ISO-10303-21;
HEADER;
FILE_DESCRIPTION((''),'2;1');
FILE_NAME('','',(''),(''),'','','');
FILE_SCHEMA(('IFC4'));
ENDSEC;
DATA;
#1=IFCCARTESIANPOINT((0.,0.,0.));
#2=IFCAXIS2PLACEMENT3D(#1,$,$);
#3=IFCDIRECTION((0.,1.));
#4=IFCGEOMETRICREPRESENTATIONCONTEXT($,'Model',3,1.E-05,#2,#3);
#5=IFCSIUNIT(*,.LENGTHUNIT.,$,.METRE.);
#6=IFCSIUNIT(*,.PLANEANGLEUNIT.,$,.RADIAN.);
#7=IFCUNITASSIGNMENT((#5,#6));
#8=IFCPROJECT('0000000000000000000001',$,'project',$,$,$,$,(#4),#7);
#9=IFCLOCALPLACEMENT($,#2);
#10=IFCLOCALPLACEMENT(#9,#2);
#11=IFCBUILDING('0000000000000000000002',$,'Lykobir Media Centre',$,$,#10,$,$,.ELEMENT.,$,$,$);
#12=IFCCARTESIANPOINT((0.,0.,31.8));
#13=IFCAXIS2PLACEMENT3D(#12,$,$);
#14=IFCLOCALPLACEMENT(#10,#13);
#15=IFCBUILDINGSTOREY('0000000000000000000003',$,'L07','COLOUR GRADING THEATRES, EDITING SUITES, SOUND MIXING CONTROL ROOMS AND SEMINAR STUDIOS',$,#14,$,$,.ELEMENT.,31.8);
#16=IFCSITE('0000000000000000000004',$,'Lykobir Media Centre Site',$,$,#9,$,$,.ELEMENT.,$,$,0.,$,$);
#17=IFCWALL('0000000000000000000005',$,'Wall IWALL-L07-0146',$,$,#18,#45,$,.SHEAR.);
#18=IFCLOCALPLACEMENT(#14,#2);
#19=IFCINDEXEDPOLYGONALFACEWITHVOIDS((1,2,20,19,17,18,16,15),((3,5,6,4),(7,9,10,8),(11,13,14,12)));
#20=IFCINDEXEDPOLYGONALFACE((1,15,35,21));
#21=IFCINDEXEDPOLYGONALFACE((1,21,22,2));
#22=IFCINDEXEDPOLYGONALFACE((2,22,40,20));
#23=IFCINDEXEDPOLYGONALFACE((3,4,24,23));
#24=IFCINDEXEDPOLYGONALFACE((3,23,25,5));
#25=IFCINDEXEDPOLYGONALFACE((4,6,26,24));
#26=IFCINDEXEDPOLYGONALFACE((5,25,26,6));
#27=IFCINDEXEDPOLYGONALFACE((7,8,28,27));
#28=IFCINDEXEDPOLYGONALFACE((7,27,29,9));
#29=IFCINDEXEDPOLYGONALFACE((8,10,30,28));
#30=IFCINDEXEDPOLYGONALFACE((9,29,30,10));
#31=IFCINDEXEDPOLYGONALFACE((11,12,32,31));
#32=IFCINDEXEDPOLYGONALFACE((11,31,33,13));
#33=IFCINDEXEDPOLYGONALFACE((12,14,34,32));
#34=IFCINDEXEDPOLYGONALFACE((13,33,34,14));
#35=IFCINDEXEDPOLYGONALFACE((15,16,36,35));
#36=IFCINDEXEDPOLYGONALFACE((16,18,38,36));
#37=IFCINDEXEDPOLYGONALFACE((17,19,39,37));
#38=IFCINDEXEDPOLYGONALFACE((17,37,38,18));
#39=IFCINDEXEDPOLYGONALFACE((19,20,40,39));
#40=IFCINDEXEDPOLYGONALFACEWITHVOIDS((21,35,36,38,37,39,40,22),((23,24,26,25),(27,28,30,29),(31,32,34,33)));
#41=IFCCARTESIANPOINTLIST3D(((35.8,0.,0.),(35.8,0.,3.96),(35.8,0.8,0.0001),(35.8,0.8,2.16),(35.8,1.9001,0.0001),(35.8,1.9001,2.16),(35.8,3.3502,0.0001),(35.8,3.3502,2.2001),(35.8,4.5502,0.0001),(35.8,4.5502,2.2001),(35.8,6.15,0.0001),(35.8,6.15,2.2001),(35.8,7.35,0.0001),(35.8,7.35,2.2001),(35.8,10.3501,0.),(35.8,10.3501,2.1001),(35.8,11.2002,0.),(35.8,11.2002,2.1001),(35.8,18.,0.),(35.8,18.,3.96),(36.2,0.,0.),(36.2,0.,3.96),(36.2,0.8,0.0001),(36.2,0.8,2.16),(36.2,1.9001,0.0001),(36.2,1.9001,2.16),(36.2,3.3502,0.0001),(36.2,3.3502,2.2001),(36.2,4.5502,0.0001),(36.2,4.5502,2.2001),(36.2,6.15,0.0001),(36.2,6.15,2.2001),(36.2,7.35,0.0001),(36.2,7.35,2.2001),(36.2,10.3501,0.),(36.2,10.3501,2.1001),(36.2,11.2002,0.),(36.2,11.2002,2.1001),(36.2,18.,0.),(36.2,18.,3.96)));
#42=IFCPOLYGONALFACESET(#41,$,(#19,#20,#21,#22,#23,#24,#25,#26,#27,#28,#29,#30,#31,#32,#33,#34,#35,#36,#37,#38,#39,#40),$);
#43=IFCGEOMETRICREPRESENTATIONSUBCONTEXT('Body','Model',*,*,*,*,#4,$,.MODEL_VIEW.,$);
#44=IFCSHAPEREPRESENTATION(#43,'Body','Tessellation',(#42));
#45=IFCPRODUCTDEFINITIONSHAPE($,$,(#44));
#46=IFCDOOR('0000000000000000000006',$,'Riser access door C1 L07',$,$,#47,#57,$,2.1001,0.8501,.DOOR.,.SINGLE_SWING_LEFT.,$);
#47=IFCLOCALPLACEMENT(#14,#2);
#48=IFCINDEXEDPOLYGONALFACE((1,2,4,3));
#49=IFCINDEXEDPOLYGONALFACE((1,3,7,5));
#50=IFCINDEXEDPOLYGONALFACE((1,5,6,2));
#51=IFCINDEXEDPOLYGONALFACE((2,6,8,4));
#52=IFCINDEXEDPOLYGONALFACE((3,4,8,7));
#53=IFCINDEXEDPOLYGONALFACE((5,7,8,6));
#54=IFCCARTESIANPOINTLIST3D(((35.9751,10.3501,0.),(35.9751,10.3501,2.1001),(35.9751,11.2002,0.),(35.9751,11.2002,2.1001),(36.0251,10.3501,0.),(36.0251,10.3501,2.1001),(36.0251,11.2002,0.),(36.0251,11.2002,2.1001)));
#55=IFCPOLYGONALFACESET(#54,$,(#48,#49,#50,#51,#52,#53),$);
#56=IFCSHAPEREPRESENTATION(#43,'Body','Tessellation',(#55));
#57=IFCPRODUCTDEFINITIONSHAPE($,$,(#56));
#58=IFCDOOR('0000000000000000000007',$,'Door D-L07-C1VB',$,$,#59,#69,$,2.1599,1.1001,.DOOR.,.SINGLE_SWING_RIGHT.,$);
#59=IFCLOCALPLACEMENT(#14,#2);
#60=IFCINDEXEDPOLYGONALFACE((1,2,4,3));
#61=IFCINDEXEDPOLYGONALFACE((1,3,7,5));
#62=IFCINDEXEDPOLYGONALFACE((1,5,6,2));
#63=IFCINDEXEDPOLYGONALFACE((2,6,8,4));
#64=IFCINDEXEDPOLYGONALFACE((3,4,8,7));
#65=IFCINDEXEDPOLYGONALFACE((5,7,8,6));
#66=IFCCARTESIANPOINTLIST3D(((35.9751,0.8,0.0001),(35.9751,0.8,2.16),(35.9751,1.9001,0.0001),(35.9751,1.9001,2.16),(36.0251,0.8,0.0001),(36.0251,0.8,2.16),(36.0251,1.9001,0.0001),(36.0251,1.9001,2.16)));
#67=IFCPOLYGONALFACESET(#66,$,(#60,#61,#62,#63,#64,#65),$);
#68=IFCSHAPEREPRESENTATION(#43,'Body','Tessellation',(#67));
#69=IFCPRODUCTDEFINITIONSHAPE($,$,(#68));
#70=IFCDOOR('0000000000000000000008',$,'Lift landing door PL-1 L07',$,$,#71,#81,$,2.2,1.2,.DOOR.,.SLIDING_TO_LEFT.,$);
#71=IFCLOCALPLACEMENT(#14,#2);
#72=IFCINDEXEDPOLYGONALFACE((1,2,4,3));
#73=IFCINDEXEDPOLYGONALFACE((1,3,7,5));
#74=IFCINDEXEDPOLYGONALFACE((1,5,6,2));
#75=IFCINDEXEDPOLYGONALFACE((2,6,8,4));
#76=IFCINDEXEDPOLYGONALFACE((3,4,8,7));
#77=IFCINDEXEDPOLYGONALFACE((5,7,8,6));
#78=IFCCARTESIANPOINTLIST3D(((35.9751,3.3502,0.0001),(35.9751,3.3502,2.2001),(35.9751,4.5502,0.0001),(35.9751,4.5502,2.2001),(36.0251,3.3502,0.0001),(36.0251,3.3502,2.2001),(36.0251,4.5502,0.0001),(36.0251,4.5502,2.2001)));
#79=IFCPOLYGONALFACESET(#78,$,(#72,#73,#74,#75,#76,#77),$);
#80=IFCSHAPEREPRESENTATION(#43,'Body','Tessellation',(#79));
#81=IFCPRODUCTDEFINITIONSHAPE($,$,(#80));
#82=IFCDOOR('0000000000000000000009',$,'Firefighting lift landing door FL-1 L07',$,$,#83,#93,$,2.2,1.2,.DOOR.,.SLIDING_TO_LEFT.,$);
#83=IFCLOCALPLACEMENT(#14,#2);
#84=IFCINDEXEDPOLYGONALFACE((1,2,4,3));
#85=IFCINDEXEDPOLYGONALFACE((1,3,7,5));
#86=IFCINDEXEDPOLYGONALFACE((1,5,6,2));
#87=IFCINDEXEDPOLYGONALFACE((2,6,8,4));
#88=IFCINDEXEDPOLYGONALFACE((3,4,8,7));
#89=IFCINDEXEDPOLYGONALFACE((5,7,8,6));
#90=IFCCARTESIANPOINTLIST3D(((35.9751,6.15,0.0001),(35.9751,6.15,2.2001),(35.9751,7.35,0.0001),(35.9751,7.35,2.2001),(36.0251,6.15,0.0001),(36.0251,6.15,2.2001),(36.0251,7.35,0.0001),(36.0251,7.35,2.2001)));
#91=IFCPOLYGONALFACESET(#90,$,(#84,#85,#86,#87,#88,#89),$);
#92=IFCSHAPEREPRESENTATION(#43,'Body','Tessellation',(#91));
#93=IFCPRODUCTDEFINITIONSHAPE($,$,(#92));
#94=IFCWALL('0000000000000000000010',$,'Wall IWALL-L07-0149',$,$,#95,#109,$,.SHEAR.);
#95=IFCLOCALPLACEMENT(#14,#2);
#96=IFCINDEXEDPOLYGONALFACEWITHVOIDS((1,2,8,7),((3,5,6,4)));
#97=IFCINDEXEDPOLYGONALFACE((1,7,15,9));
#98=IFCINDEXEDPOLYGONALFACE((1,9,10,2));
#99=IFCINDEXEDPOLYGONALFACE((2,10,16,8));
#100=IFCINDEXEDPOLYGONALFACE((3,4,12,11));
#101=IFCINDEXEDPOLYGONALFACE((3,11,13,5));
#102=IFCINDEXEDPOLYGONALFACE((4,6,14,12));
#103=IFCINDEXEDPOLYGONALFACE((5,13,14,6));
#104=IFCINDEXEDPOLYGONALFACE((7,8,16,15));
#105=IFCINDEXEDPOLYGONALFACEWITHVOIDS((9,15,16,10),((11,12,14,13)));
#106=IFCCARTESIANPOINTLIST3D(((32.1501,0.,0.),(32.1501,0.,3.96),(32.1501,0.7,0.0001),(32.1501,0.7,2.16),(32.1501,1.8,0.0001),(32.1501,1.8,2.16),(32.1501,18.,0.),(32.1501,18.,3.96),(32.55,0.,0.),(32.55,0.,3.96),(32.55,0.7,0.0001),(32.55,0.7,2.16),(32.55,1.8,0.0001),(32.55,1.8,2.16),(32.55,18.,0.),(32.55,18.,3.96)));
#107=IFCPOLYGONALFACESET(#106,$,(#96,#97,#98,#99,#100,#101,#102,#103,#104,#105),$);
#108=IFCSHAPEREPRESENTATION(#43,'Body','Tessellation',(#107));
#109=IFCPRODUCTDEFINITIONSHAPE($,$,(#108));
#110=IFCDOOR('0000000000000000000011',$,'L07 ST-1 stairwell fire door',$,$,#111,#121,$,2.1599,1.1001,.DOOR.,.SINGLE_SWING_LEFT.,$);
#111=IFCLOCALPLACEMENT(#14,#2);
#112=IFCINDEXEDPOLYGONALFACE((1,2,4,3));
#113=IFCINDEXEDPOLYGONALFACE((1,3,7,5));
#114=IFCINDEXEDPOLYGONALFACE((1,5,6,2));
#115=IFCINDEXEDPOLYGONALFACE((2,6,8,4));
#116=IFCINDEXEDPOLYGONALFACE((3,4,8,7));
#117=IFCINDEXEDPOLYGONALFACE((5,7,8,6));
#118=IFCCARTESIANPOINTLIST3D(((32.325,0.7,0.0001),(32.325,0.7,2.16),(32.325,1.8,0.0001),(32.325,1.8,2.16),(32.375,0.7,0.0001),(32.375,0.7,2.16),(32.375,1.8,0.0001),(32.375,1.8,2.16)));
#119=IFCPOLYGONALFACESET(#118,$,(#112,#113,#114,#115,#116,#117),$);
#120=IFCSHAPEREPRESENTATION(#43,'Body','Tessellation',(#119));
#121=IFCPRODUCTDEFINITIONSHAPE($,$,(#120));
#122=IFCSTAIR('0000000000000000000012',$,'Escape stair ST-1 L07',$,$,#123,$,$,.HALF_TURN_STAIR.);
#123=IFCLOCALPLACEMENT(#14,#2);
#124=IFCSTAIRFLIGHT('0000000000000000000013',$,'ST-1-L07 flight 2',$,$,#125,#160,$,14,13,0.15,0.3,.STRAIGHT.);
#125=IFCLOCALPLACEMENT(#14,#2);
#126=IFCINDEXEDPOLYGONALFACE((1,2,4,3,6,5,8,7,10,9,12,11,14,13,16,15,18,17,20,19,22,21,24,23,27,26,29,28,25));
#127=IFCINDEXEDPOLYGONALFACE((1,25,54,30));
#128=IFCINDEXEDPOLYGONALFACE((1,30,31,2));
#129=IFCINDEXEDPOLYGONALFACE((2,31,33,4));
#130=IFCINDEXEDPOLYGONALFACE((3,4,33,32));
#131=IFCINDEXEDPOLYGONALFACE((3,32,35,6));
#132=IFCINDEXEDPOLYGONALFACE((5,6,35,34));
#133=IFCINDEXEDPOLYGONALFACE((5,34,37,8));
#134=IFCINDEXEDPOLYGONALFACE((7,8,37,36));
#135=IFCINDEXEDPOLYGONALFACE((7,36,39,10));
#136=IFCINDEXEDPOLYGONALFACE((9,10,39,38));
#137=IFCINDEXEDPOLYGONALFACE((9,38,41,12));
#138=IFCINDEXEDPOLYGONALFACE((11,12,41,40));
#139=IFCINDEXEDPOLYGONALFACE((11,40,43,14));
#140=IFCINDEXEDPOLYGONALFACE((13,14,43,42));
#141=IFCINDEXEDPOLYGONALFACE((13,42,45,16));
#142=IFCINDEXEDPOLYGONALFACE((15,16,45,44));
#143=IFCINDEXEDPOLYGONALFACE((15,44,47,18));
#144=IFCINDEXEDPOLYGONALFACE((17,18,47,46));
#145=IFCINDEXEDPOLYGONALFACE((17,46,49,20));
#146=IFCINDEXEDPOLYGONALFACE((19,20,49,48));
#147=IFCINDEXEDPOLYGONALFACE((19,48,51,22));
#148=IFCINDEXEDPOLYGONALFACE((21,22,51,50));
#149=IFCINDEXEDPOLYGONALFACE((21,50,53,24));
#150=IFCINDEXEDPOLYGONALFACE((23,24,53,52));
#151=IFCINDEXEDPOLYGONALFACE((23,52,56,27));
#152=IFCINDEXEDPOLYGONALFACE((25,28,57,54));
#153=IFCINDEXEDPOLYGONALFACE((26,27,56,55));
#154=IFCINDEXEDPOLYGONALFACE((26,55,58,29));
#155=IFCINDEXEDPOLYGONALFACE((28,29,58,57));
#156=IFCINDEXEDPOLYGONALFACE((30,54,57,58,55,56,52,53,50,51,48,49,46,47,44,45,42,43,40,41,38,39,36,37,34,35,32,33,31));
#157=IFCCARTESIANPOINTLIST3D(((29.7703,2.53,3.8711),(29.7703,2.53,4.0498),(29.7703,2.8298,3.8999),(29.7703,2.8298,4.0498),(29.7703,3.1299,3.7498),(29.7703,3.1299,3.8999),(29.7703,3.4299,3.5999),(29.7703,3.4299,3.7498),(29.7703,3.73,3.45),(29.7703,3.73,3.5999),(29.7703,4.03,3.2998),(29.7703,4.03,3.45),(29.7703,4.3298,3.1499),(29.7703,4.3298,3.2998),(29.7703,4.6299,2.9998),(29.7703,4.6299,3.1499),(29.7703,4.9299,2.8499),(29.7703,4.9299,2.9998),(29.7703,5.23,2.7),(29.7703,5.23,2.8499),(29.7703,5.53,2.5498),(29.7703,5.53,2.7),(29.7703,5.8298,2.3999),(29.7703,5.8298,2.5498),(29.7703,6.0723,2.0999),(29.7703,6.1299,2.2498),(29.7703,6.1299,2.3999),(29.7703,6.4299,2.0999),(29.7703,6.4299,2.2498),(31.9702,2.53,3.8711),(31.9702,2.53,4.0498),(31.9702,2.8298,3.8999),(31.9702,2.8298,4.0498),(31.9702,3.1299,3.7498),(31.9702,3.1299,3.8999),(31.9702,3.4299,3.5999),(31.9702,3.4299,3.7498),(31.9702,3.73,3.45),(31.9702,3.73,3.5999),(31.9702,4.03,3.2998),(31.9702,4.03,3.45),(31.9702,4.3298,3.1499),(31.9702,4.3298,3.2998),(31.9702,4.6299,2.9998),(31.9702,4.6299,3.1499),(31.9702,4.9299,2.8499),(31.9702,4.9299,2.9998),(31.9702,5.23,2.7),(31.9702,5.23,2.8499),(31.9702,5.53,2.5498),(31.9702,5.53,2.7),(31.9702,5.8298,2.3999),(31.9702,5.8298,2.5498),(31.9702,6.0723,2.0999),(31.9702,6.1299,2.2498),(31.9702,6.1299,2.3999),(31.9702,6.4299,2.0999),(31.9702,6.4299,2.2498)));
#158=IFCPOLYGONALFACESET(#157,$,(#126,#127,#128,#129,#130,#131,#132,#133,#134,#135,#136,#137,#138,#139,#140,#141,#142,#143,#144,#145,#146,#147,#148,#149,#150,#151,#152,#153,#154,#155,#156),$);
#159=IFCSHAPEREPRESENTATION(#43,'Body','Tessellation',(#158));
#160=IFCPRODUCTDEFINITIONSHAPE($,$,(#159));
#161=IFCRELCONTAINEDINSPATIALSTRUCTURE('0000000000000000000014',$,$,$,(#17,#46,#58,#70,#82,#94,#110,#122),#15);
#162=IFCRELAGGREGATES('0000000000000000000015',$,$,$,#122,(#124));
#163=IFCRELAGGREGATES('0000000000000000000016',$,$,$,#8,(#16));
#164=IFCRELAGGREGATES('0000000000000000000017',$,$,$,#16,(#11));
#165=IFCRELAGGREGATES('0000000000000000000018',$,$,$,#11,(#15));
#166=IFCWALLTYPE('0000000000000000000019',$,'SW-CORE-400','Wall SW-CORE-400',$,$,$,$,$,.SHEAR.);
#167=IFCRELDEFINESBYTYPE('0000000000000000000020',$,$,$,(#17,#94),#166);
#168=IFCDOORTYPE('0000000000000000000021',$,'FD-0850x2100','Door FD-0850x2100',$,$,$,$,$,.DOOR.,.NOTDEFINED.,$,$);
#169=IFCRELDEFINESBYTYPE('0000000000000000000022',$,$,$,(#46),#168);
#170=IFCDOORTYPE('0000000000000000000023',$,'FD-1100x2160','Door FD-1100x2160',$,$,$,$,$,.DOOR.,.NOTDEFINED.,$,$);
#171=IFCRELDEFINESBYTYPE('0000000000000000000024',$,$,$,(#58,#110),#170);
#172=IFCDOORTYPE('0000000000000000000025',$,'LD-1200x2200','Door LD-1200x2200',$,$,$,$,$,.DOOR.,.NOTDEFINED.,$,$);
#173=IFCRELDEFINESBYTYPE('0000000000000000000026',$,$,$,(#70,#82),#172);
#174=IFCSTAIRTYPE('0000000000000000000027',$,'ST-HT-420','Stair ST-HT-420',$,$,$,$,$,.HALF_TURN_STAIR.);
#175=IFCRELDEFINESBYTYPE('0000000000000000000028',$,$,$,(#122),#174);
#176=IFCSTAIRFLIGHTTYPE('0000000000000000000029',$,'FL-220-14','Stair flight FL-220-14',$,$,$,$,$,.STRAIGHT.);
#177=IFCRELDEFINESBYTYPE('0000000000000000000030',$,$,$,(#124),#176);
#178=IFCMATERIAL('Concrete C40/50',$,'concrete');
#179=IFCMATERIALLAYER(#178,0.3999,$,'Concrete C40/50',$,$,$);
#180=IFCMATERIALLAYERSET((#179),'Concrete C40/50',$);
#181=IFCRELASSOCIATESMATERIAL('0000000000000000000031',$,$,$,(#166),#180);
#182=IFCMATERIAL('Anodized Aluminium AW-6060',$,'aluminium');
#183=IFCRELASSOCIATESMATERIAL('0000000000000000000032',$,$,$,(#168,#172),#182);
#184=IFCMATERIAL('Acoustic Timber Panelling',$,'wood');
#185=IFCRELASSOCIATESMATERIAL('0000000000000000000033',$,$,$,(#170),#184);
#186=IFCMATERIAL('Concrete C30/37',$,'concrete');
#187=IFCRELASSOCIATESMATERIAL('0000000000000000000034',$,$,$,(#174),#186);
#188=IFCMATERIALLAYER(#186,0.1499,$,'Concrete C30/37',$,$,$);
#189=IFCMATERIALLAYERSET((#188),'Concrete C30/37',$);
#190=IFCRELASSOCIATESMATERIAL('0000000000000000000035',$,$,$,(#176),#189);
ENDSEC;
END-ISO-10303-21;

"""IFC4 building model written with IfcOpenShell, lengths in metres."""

from ifc_helpers import new_model, si_unit, direction, frame, frame_2d, origin, place, context, subcontext, project, spatial, polyline, rectangle, outline, extrude, material, layer, layer_set, type_object, element, fill, aggregate, save


model = new_model("IFC4")

# Units and contexts
model_context = context("Model", 3, precision=1e-05, world=origin(), true_north=direction((0.0, 1.0)))
body_context = subcontext(model_context, "Body", "Model", "MODEL_VIEW")
ifc_project = project(units=[si_unit("LENGTHUNIT", "METRE"), si_unit("PLANEANGLEUNIT", "RADIAN")], contexts=[model_context])

# Site, building, storey
site_placement = place(None, origin())
site = spatial("IfcSite", under=ifc_project, at=site_placement, Name="Lykobir Media Centre Site", CompositionType="ELEMENT", RefElevation=0.0)
building_placement = place(site_placement, origin())
building = spatial("IfcBuilding", under=site, at=building_placement, Name="Lykobir Media Centre", CompositionType="ELEMENT")
storey_placement = place(building_placement, frame((0.0, 0.0, 31.8)))
storey = spatial("IfcBuildingStorey", under=building, at=storey_placement, Name="L07", Description="COLOUR GRADING THEATRES, EDITING SUITES, SOUND MIXING CONTROL ROOMS AND SEMINAR STUDIOS", CompositionType="ELEMENT", Elevation=31.8)

# Shared definitions
ifc_material_1 = material(Name="Concrete C40/50", Category="concrete")

# Shared definitions
ifc_material_2 = material(Name="Acoustic Timber Panelling", Category="wood")

# Shared definitions
ifc_material_3 = material(Name="Concrete C30/37", Category="concrete")

# Wall, openings, doors
ifc_layer_1 = layer(ifc_material_1, 0.3999, Name="Concrete C40/50")
ifc_layer_set_1 = layer_set([ifc_layer_1], Name="Concrete C40/50")
wall_type_1 = type_object("IfcWallType", Name="SW-CORE-400", Description="Wall SW-CORE-400", PredefinedType="SHEAR", material=ifc_layer_set_1)
wall_1_placement = place(storey_placement, frame((36.0, 0.0, 0.0), z_axis=(0.0, 0.0, 1.0), x_axis=(0.0, 1.0, 0.0)))
wall_1 = element("IfcWall", 1, at=wall_1_placement, inside=storey, type_object=wall_type_1, Name="Wall IWALL-L07-0146", PredefinedType="SHEAR", context=body_context, shape_type="SweptSolid", body=[
    extrude(rectangle(XDim=18.0, YDim=0.3999, at=frame_2d((9.0, 0.0))), origin(), (0.0, 0.0, 1.0), 3.96),
])
opening_1_placement = place(wall_1_placement, frame((0.8, 0.0, 0.0)))
opening_1 = element("IfcOpeningElement", 2, at=opening_1_placement, cuts=wall_1, PredefinedType="OPENING", context=body_context, shape_type="SweptSolid", body=[
    extrude(rectangle(XDim=1.1001, YDim=2.1599, at=frame_2d((0.55, 1.0801))), frame((0.0, 0.21, 0.0), z_axis=(0.0, -1.0, 0.0), x_axis=(1.0, 0.0, 0.0)), (0.0, 0.0, 1.0), 0.4199),
])
opening_2_placement = place(wall_1_placement, frame((3.3501, 0.0, 0.0)))
opening_2 = element("IfcOpeningElement", 3, at=opening_2_placement, cuts=wall_1, PredefinedType="OPENING", context=body_context, shape_type="SweptSolid", body=[
    extrude(rectangle(XDim=1.2, YDim=2.2, at=frame_2d((0.6001, 1.1001))), frame((0.0, 0.21, 0.0), z_axis=(0.0, -1.0, 0.0), x_axis=(1.0, 0.0, 0.0)), (0.0, 0.0, 1.0), 0.4199),
])
opening_3_placement = place(wall_1_placement, frame((6.1499, 0.0, 0.0)))
opening_3 = element("IfcOpeningElement", 4, at=opening_3_placement, cuts=wall_1, PredefinedType="OPENING", context=body_context, shape_type="SweptSolid", body=[
    extrude(rectangle(XDim=1.2, YDim=2.2, at=frame_2d((0.6001, 1.1001))), frame((0.0, 0.21, 0.0), z_axis=(0.0, -1.0, 0.0), x_axis=(1.0, 0.0, 0.0)), (0.0, 0.0, 1.0), 0.4199),
])
opening_4_placement = place(wall_1_placement, frame((10.3501, 0.0, 0.0)))
opening_4 = element("IfcOpeningElement", 5, at=opening_4_placement, cuts=wall_1, PredefinedType="OPENING", context=body_context, shape_type="SweptSolid", body=[
    extrude(rectangle(XDim=0.8501, YDim=2.1001, at=frame_2d((0.425, 1.05))), frame((0.0, 0.21, 0.0), z_axis=(0.0, -1.0, 0.0), x_axis=(1.0, 0.0, 0.0)), (0.0, 0.0, 1.0), 0.4199),
])
ifc_material_4 = material(Name="Anodized Aluminium AW-6060", Category="aluminium")
door_type_1 = type_object("IfcDoorType", Name="FD-0850x2100", Description="Door FD-0850x2100", OperationType="NOTDEFINED", PredefinedType="DOOR", material=ifc_material_4)
door_1_placement = place(opening_4_placement, origin())
door_1 = element("IfcDoor", 6, at=door_1_placement, inside=storey, type_object=door_type_1, Name="Riser access door C1 L07", OperationType="SINGLE_SWING_LEFT", OverallHeight=2.1001, OverallWidth=0.8501, PredefinedType="DOOR", context=body_context, shape_type="SweptSolid", body=[
    extrude(rectangle(XDim=0.8501, YDim=2.1001, at=frame_2d((0.425, 1.05))), frame((0.0, 0.0249, 0.0), z_axis=(0.0, -1.0, 0.0), x_axis=(1.0, 0.0, 0.0)), (0.0, 0.0, 1.0), 0.05),
])
fill(opening_4, door_1)
door_type_2 = type_object("IfcDoorType", Name="FD-1100x2160", Description="Door FD-1100x2160", OperationType="NOTDEFINED", PredefinedType="DOOR", material=ifc_material_2)
door_2_placement = place(opening_1_placement, origin())
door_2 = element("IfcDoor", 7, at=door_2_placement, inside=storey, type_object=door_type_2, Name="Door D-L07-C1VB", OperationType="SINGLE_SWING_RIGHT", OverallHeight=2.1599, OverallWidth=1.1001, PredefinedType="DOOR", context=body_context, shape_type="SweptSolid", body=[
    extrude(rectangle(XDim=1.1001, YDim=2.1599, at=frame_2d((0.55, 1.0801))), frame((0.0, 0.0249, 0.0), z_axis=(0.0, -1.0, 0.0), x_axis=(1.0, 0.0, 0.0)), (0.0, 0.0, 1.0), 0.05),
])
fill(opening_1, door_2)
door_type_3 = type_object("IfcDoorType", Name="LD-1200x2200", Description="Door LD-1200x2200", OperationType="NOTDEFINED", PredefinedType="DOOR", material=ifc_material_4)
door_3_placement = place(opening_2_placement, origin())
door_3 = element("IfcDoor", 8, at=door_3_placement, inside=storey, type_object=door_type_3, Name="Lift landing door PL-1 L07", OperationType="SLIDING_TO_LEFT", OverallHeight=2.2, OverallWidth=1.2, PredefinedType="DOOR", context=body_context, shape_type="SweptSolid", body=[
    extrude(rectangle(XDim=1.2, YDim=2.2, at=frame_2d((0.6001, 1.1001))), frame((0.0, 0.0249, 0.0), z_axis=(0.0, -1.0, 0.0), x_axis=(1.0, 0.0, 0.0)), (0.0, 0.0, 1.0), 0.05),
])
fill(opening_2, door_3)
door_4_placement = place(opening_3_placement, origin())
door_4 = element("IfcDoor", 9, at=door_4_placement, inside=storey, type_object=door_type_3, Name="Firefighting lift landing door FL-1 L07", OperationType="SLIDING_TO_LEFT", OverallHeight=2.2, OverallWidth=1.2, PredefinedType="DOOR", context=body_context, shape_type="SweptSolid", body=[
    extrude(rectangle(XDim=1.2, YDim=2.2, at=frame_2d((0.6001, 1.1001))), frame((0.0, 0.0249, 0.0), z_axis=(0.0, -1.0, 0.0), x_axis=(1.0, 0.0, 0.0)), (0.0, 0.0, 1.0), 0.05),
])
fill(opening_3, door_4)

# Wall, opening, door
wall_2_placement = place(storey_placement, frame((32.3501, 0.0, 0.0), z_axis=(0.0, 0.0, 1.0), x_axis=(0.0, 1.0, 0.0)))
wall_2 = element("IfcWall", 10, at=wall_2_placement, inside=storey, type_object=wall_type_1, Name="Wall IWALL-L07-0149", PredefinedType="SHEAR", context=body_context, shape_type="SweptSolid", body=[
    extrude(rectangle(XDim=18.0, YDim=0.3999, at=frame_2d((9.0, 0.0))), origin(), (0.0, 0.0, 1.0), 3.96),
])
opening_5_placement = place(wall_2_placement, frame((0.7, 0.0, 0.0)))
opening_5 = element("IfcOpeningElement", 11, at=opening_5_placement, cuts=wall_2, PredefinedType="OPENING", context=body_context, shape_type="SweptSolid", body=[
    extrude(rectangle(XDim=1.1001, YDim=2.1599, at=frame_2d((0.55, 1.0801))), frame((0.0, 0.21, 0.0), z_axis=(0.0, -1.0, 0.0), x_axis=(1.0, 0.0, 0.0)), (0.0, 0.0, 1.0), 0.4199),
])
door_5_placement = place(opening_5_placement, frame((1.1001, 0.0, 0.0), z_axis=(0.0, 0.0, 1.0), x_axis=(-1.0, 0.0, 0.0)))
door_5 = element("IfcDoor", 12, at=door_5_placement, inside=storey, type_object=door_type_2, Name="L07 ST-1 stairwell fire door", OperationType="SINGLE_SWING_LEFT", OverallHeight=2.1599, OverallWidth=1.1001, PredefinedType="DOOR", context=body_context, shape_type="SweptSolid", body=[
    extrude(rectangle(XDim=1.1001, YDim=2.1599, at=frame_2d((0.55, 1.0801))), frame((0.0, 0.0249, 0.0), z_axis=(0.0, -1.0, 0.0), x_axis=(1.0, 0.0, 0.0)), (0.0, 0.0, 1.0), 0.05),
])
fill(opening_5, door_5)

# Stair, stair flight
stair_type = type_object("IfcStairType", Name="ST-HT-420", Description="Stair ST-HT-420", PredefinedType="HALF_TURN_STAIR", material=ifc_material_3)
stair_placement = place(storey_placement, origin())
stair = element("IfcStair", 13, at=stair_placement, inside=storey, type_object=stair_type, Name="Escape stair ST-1 L07", PredefinedType="HALF_TURN_STAIR")
ifc_layer_2 = layer(ifc_material_3, 0.1499, Name="Concrete C30/37")
ifc_layer_set_2 = layer_set([ifc_layer_2], Name="Concrete C30/37")
stair_flight_type = type_object("IfcStairFlightType", Name="FL-220-14", Description="Stair flight FL-220-14", PredefinedType="STRAIGHT", material=ifc_layer_set_2)
stair_flight_placement = place(storey_placement, frame((30.8701, 6.4299, 2.0999), z_axis=(0.0, 0.0, 1.0), x_axis=(0.0, -1.0, 0.0)))
stair_flight = element("IfcStairFlight", 14, at=stair_flight_placement, type_object=stair_flight_type, Name="ST-1-L07 flight 2", NumberOfRisers=14, NumberOfTreads=13, PredefinedType="STRAIGHT", RiserHeight=0.15, TreadLength=0.3, context=body_context, shape_type="SweptSolid", body=[
    extrude(outline(polyline([(0.0, 0.0), (0.0, 0.1499), (0.3, 0.1499), (0.3, 0.3), (0.6001, 0.3), (0.6001, 0.45), (0.8999, 0.45), (0.8999, 0.6001), (1.2, 0.6001), (1.2, 0.75), (1.5, 0.75), (1.5, 0.8999), (1.8, 0.8999), (1.8, 1.05), (2.1001, 1.05), (2.1001, 1.2), (2.3999, 1.2), (2.3999, 1.3501), (2.7, 1.3501), (2.7, 1.5), (3.0, 1.5), (3.0, 1.6499), (3.3, 1.6499), (3.3, 1.8), (3.6001, 1.8), (3.6001, 1.95), (3.8999, 1.95), (3.8999, 2.1001), (3.8999, 1.7712), (0.3577, 0.0), (0.0, 0.0)])), frame((0.0, 1.1001, 0.0), z_axis=(0.0, -1.0, 0.0), x_axis=(1.0, 0.0, 0.0)), (0.0, 0.0, 1.0), 2.2),
])
aggregate(stair, [stair_flight])

save(model, "model.ifc")
